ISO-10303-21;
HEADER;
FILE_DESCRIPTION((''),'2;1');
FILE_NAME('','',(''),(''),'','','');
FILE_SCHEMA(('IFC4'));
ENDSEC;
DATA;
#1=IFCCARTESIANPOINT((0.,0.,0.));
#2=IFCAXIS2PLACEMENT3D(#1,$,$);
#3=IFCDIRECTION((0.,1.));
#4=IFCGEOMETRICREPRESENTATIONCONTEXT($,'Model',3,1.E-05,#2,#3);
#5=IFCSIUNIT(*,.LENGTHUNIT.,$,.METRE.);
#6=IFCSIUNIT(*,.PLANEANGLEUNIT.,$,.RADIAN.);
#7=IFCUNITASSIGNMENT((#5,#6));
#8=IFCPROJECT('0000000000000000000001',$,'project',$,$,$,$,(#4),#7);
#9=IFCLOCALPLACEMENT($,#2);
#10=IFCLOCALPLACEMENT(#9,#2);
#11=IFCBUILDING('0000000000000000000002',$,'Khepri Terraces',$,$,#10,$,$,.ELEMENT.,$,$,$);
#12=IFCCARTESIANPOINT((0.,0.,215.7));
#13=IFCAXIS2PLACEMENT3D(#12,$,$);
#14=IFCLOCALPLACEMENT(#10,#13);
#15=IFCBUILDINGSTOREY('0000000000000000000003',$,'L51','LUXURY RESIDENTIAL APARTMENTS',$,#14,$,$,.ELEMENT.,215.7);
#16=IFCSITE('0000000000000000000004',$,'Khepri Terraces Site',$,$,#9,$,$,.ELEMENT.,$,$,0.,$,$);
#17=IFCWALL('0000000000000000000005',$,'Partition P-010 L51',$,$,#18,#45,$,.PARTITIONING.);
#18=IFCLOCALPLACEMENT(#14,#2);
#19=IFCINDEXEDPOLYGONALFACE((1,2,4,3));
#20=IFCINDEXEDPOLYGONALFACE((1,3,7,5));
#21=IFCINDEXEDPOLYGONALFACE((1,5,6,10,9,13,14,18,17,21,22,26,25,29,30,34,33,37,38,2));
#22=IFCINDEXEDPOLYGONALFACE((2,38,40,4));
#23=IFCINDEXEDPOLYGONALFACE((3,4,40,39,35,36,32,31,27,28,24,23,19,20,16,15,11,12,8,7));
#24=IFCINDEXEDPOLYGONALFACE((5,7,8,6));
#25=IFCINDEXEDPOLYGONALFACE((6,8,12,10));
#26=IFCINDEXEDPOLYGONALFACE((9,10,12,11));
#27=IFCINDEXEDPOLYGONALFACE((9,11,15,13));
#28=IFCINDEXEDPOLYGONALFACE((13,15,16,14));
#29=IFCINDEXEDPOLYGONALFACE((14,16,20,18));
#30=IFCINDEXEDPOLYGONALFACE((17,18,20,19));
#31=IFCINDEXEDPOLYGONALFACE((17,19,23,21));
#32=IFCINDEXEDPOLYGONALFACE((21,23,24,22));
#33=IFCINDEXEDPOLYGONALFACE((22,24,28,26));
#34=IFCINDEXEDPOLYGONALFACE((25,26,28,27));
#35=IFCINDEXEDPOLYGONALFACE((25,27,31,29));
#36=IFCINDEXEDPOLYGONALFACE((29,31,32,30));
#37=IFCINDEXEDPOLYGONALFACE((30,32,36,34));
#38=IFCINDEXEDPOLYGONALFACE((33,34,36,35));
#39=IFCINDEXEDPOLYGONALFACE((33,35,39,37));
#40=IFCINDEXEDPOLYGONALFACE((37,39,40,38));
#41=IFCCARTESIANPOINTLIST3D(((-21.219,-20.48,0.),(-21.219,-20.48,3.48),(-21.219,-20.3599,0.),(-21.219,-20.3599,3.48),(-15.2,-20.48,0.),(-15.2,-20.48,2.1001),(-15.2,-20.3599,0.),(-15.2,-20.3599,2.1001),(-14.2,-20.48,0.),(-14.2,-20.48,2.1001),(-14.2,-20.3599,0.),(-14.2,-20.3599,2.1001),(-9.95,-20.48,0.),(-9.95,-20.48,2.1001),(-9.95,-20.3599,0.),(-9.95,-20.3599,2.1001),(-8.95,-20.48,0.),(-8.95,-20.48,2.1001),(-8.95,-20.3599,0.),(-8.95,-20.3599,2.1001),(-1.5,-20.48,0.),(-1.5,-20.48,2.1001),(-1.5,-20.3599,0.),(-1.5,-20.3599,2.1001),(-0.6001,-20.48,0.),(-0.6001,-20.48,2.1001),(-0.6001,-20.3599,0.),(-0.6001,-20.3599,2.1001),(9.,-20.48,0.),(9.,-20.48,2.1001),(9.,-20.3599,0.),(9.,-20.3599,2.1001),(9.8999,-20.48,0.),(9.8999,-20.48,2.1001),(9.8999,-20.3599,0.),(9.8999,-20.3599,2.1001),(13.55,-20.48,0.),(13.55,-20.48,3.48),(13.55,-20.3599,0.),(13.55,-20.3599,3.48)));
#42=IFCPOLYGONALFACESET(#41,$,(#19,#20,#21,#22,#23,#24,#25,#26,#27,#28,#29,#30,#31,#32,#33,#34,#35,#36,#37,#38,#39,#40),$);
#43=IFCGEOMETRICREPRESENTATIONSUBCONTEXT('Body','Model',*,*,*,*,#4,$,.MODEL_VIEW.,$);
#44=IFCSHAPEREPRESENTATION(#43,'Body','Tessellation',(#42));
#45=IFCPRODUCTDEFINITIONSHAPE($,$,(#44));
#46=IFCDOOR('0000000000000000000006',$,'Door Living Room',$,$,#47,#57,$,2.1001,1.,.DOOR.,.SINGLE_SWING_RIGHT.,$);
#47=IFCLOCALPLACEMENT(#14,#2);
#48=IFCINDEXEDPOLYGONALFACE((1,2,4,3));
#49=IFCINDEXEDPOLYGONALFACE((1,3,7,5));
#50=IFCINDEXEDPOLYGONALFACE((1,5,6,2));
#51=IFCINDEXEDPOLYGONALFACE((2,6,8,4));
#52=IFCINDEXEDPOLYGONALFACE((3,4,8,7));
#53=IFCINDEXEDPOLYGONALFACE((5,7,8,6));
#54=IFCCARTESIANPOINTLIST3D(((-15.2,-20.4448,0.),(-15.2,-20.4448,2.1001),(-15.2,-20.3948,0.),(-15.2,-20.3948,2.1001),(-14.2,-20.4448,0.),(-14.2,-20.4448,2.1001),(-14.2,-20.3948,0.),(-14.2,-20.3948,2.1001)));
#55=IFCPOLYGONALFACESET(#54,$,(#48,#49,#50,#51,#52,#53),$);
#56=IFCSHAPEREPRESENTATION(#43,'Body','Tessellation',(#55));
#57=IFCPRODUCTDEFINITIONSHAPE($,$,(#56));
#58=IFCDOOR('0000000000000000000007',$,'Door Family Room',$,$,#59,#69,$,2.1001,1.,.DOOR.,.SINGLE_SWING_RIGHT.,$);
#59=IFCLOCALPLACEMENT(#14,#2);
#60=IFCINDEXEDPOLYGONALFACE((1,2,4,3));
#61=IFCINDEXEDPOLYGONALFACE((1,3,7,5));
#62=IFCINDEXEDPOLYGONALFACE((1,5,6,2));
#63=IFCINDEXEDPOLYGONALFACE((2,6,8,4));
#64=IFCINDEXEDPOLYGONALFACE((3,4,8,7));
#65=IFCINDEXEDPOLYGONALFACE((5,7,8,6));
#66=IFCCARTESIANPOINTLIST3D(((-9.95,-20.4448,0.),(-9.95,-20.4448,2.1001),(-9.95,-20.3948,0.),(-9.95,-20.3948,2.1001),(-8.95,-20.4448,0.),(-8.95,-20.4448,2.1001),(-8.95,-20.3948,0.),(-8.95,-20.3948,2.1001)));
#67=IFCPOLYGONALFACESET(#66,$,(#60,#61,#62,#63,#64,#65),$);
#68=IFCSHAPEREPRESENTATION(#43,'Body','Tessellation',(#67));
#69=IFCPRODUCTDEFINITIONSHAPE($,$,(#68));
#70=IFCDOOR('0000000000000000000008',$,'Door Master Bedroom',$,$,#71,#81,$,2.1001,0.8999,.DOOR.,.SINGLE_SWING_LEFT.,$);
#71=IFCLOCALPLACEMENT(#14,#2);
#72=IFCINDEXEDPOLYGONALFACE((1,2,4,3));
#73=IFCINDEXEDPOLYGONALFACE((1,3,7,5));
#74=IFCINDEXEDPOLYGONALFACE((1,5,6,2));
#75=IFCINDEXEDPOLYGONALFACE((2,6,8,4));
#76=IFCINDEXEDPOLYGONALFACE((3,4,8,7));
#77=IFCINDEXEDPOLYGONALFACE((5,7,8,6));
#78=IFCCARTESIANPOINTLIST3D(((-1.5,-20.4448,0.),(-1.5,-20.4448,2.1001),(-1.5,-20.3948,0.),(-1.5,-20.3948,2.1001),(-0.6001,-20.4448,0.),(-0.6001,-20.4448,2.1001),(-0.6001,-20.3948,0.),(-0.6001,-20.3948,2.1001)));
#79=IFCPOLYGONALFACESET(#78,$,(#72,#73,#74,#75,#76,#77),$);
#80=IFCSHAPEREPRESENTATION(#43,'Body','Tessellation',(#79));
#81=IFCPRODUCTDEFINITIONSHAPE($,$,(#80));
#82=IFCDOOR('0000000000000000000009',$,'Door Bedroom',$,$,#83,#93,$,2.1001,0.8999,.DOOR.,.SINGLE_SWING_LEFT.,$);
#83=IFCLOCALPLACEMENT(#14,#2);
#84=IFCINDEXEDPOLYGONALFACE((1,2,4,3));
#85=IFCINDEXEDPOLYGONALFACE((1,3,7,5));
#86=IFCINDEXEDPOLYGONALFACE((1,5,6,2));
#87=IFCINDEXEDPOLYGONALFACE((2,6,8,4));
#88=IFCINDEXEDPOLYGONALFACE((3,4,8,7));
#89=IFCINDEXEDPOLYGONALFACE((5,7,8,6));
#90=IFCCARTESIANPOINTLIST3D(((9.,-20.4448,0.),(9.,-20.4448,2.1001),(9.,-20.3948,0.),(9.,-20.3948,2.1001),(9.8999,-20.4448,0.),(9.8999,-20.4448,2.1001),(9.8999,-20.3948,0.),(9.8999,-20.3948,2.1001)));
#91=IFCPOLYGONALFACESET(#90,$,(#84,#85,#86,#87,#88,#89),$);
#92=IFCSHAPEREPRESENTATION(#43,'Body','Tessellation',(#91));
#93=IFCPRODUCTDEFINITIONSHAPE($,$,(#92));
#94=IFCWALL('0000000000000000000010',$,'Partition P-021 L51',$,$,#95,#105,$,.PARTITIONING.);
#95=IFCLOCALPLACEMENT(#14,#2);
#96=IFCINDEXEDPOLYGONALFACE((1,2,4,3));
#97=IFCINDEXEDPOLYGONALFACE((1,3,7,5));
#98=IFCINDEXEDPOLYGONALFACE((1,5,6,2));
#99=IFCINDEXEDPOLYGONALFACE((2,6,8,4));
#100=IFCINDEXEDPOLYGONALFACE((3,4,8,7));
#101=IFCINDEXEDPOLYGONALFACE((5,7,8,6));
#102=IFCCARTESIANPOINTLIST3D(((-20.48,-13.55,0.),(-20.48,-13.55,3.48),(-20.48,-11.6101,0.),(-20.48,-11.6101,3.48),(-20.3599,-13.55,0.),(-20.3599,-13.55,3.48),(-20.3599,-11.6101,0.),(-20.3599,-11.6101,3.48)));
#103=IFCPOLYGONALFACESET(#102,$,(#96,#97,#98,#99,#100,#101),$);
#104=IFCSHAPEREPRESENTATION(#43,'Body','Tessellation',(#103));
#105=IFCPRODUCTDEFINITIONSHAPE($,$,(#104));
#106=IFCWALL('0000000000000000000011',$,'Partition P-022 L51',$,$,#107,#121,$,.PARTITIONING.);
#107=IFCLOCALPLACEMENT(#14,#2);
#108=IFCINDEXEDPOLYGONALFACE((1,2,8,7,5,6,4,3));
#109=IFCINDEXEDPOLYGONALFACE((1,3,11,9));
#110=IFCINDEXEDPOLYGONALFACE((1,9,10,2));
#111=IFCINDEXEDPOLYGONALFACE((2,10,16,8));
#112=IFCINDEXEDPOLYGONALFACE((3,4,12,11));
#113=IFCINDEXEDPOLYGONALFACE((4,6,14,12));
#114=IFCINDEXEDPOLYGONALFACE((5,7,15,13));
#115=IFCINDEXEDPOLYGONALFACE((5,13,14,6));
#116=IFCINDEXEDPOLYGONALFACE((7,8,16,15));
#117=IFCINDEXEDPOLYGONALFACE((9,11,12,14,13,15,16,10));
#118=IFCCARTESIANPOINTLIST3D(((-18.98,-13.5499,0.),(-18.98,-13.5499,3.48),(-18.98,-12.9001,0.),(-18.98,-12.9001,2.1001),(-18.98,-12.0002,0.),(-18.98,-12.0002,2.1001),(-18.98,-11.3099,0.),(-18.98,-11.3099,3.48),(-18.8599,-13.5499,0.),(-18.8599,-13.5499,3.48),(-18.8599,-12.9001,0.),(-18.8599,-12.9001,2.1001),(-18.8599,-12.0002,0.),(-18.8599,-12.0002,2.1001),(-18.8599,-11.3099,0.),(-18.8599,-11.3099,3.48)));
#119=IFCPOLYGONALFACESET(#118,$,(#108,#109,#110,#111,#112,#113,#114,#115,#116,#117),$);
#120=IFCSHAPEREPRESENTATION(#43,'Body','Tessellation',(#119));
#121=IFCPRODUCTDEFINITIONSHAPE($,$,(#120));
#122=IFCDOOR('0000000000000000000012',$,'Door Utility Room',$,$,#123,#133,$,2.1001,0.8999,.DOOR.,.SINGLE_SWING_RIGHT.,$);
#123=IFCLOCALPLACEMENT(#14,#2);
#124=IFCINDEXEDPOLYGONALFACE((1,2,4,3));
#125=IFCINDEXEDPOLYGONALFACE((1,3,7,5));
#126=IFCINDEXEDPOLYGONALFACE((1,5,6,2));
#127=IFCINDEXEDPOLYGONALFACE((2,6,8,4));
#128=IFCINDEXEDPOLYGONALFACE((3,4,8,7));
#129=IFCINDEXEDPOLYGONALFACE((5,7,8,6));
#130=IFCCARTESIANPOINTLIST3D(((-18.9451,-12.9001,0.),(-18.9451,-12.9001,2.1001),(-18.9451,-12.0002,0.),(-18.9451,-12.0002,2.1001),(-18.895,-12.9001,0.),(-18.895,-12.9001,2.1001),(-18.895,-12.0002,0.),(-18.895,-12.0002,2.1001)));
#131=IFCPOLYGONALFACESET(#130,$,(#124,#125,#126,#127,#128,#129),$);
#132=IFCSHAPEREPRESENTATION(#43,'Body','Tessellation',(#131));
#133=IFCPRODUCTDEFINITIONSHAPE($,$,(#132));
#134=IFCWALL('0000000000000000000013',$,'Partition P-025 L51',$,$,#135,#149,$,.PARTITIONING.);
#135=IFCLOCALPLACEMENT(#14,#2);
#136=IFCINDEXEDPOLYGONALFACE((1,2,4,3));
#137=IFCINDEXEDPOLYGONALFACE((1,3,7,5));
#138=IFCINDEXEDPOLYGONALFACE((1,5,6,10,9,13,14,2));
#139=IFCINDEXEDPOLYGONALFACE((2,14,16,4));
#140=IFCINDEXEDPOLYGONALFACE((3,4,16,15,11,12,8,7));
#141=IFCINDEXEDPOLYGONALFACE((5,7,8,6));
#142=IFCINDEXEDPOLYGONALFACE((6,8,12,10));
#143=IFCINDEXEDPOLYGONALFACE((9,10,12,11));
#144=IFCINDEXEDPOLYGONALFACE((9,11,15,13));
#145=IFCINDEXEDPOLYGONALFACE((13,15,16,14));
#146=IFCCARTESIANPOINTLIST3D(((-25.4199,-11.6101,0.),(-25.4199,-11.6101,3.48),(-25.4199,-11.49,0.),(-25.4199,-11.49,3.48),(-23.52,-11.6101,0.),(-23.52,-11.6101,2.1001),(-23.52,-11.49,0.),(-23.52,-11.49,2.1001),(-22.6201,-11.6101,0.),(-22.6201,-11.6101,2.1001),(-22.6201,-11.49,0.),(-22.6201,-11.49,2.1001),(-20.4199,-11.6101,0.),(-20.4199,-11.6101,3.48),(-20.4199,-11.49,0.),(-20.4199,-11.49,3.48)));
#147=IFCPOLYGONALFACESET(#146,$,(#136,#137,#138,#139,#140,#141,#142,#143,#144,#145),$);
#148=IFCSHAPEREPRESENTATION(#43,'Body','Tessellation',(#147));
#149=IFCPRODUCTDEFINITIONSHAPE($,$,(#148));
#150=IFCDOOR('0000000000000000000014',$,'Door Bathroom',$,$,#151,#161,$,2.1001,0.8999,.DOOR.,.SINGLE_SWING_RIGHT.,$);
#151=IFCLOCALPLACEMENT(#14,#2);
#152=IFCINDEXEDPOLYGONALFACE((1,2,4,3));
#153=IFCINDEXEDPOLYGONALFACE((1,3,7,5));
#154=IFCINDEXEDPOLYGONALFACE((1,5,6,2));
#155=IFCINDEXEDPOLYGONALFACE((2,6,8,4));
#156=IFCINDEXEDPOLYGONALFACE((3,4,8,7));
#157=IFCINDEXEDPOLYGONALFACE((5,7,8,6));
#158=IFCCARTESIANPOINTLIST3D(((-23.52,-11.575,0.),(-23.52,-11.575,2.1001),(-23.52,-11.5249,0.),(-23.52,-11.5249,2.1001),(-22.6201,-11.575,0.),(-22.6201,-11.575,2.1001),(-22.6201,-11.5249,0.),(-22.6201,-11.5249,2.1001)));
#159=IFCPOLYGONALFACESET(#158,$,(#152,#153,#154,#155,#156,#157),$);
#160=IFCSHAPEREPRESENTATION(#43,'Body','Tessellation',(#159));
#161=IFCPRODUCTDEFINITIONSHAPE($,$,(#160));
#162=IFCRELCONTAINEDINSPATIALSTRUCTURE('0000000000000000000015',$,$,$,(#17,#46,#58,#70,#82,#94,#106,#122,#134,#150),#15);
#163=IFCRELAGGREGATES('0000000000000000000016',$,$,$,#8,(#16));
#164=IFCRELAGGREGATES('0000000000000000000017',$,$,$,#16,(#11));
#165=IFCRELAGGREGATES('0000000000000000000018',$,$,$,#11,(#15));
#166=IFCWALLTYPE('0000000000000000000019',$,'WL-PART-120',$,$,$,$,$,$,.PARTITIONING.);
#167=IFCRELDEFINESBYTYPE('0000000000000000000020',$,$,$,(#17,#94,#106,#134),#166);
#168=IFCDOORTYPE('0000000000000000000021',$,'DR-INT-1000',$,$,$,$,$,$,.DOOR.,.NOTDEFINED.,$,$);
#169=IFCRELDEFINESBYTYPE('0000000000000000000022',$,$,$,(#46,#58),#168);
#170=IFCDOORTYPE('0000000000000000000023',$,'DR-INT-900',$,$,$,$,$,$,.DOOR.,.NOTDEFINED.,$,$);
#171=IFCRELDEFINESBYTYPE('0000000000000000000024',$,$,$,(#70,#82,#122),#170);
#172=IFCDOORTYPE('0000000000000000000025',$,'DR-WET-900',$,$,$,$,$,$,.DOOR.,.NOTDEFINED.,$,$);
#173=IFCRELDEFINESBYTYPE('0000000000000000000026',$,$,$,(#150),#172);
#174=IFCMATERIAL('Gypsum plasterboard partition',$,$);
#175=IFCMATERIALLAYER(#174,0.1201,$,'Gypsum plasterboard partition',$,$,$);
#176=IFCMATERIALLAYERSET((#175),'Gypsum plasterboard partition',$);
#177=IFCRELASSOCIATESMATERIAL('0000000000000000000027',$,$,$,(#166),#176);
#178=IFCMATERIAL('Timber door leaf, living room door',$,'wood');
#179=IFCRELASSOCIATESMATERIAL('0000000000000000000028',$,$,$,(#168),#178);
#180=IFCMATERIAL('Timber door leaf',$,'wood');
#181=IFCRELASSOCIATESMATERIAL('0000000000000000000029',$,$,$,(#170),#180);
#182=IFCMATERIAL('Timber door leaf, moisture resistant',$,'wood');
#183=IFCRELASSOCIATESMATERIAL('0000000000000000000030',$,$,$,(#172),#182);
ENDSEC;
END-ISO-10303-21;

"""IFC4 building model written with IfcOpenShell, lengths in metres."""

from ifc_helpers import new_model, si_unit, direction, frame, frame_2d, origin, place, context, subcontext, project, spatial, rectangle, extrude, material, layer, layer_set, type_object, element, fill, save


model = new_model("IFC4")

# Units and contexts
model_context = context("Model", 3, precision=1e-05, world=origin(), true_north=direction((0.0, 1.0)))
body_context = subcontext(model_context, "Body", "Model", "MODEL_VIEW")
ifc_project = project(units=[si_unit("LENGTHUNIT", "METRE"), si_unit("PLANEANGLEUNIT", "RADIAN")], contexts=[model_context])

# Site, building, storey
site_placement = place(None, origin())
site = spatial("IfcSite", under=ifc_project, at=site_placement, Name="Khepri Terraces Site", CompositionType="ELEMENT", RefElevation=0.0)
building_placement = place(site_placement, origin())
building = spatial("IfcBuilding", under=site, at=building_placement, Name="Khepri Terraces", CompositionType="ELEMENT")
storey_placement = place(building_placement, frame((0.0, 0.0, 215.7)))
storey = spatial("IfcBuildingStorey", under=building, at=storey_placement, Name="L51", Description="LUXURY RESIDENTIAL APARTMENTS", CompositionType="ELEMENT", Elevation=215.7)

# Shared definitions
ifc_material_1 = material(Name="Gypsum plasterboard partition")
ifc_layer_1 = layer(ifc_material_1, 0.1201, Name="Gypsum plasterboard partition")
ifc_layer_set_1 = layer_set([ifc_layer_1], Name="Gypsum plasterboard partition")
wall_type_1 = type_object("IfcWallType", Name="WL-PART-120", PredefinedType="PARTITIONING", material=ifc_layer_set_1)

# Wall, openings, doors
wall_1_placement = place(storey_placement, frame((-21.219, -20.4199, 0.0), z_axis=(0.0, 0.0, 1.0), x_axis=(1.0, 0.0, 0.0)))
wall_1 = element("IfcWall", 1, at=wall_1_placement, inside=storey, type_object=wall_type_1, Name="Partition P-010 L51", PredefinedType="PARTITIONING", context=body_context, shape_type="SweptSolid", body=[
    extrude(rectangle(XDim=34.769, YDim=0.1201, at=frame_2d((17.3845, 0.0))), origin(), (0.0, 0.0, 1.0), 3.48),
])
opening_1_placement = place(wall_1_placement, frame((6.019, 0.0, 0.0)))
opening_1 = element("IfcOpeningElement", 2, at=opening_1_placement, cuts=wall_1, PredefinedType="OPENING", context=body_context, shape_type="SweptSolid", body=[
    extrude(rectangle(XDim=1.0, YDim=2.1001, at=frame_2d((0.5, 1.05))), frame((0.0, 0.0701, 0.0), z_axis=(0.0, -1.0, 0.0), x_axis=(1.0, 0.0, 0.0)), (0.0, 0.0, 1.0), 0.1401),
])
opening_2_placement = place(wall_1_placement, frame((11.269, 0.0, 0.0)))
opening_2 = element("IfcOpeningElement", 3, at=opening_2_placement, cuts=wall_1, PredefinedType="OPENING", context=body_context, shape_type="SweptSolid", body=[
    extrude(rectangle(XDim=1.0, YDim=2.1001, at=frame_2d((0.5, 1.05))), frame((0.0, 0.0701, 0.0), z_axis=(0.0, -1.0, 0.0), x_axis=(1.0, 0.0, 0.0)), (0.0, 0.0, 1.0), 0.1401),
])
opening_3_placement = place(wall_1_placement, frame((19.719, 0.0, 0.0)))
opening_3 = element("IfcOpeningElement", 4, at=opening_3_placement, cuts=wall_1, PredefinedType="OPENING", context=body_context, shape_type="SweptSolid", body=[
    extrude(rectangle(XDim=0.8999, YDim=2.1001, at=frame_2d((0.45, 1.05))), frame((0.0, 0.0701, 0.0), z_axis=(0.0, -1.0, 0.0), x_axis=(1.0, 0.0, 0.0)), (0.0, 0.0, 1.0), 0.1401),
])
opening_4_placement = place(wall_1_placement, frame((30.219, 0.0, 0.0)))
opening_4 = element("IfcOpeningElement", 5, at=opening_4_placement, cuts=wall_1, PredefinedType="OPENING", context=body_context, shape_type="SweptSolid", body=[
    extrude(rectangle(XDim=0.8999, YDim=2.1001, at=frame_2d((0.45, 1.05))), frame((0.0, 0.0701, 0.0), z_axis=(0.0, -1.0, 0.0), x_axis=(1.0, 0.0, 0.0)), (0.0, 0.0, 1.0), 0.1401),
])
ifc_material_2 = material(Name="Timber door leaf, living room door", Category="wood")
door_type_1 = type_object("IfcDoorType", Name="DR-INT-1000", OperationType="NOTDEFINED", PredefinedType="DOOR", material=ifc_material_2)
door_1_placement = place(opening_1_placement, frame((1.0, 0.0, 0.0), z_axis=(0.0, 0.0, 1.0), x_axis=(-1.0, 0.0, 0.0)))
door_1 = element("IfcDoor", 6, at=door_1_placement, inside=storey, type_object=door_type_1, Name="Door Living Room", OperationType="SINGLE_SWING_RIGHT", OverallHeight=2.1001, OverallWidth=1.0, PredefinedType="DOOR", context=body_context, shape_type="SweptSolid", body=[
    extrude(rectangle(XDim=1.0, YDim=2.1001, at=frame_2d((0.5, 1.05))), frame((0.0, 0.0249, 0.0), z_axis=(0.0, -1.0, 0.0), x_axis=(1.0, 0.0, 0.0)), (0.0, 0.0, 1.0), 0.05),
])
fill(opening_1, door_1)
door_2_placement = place(opening_2_placement, frame((1.0, 0.0, 0.0), z_axis=(0.0, 0.0, 1.0), x_axis=(-1.0, 0.0, 0.0)))
door_2 = element("IfcDoor", 7, at=door_2_placement, inside=storey, type_object=door_type_1, Name="Door Family Room", OperationType="SINGLE_SWING_RIGHT", OverallHeight=2.1001, OverallWidth=1.0, PredefinedType="DOOR", context=body_context, shape_type="SweptSolid", body=[
    extrude(rectangle(XDim=1.0, YDim=2.1001, at=frame_2d((0.5, 1.05))), frame((0.0, 0.0249, 0.0), z_axis=(0.0, -1.0, 0.0), x_axis=(1.0, 0.0, 0.0)), (0.0, 0.0, 1.0), 0.05),
])
fill(opening_2, door_2)
ifc_material_3 = material(Name="Timber door leaf", Category="wood")
door_type_2 = type_object("IfcDoorType", Name="DR-INT-900", OperationType="NOTDEFINED", PredefinedType="DOOR", material=ifc_material_3)
door_3_placement = place(opening_3_placement, frame((0.8999, 0.0, 0.0), z_axis=(0.0, 0.0, 1.0), x_axis=(-1.0, 0.0, 0.0)))
door_3 = element("IfcDoor", 8, at=door_3_placement, inside=storey, type_object=door_type_2, Name="Door Master Bedroom", OperationType="SINGLE_SWING_LEFT", OverallHeight=2.1001, OverallWidth=0.8999, PredefinedType="DOOR", context=body_context, shape_type="SweptSolid", body=[
    extrude(rectangle(XDim=0.8999, YDim=2.1001, at=frame_2d((0.45, 1.05))), frame((0.0, 0.0249, 0.0), z_axis=(0.0, -1.0, 0.0), x_axis=(1.0, 0.0, 0.0)), (0.0, 0.0, 1.0), 0.05),
])
fill(opening_3, door_3)
door_4_placement = place(opening_4_placement, frame((0.8999, 0.0, 0.0), z_axis=(0.0, 0.0, 1.0), x_axis=(-1.0, 0.0, 0.0)))
door_4 = element("IfcDoor", 9, at=door_4_placement, inside=storey, type_object=door_type_2, Name="Door Bedroom", OperationType="SINGLE_SWING_LEFT", OverallHeight=2.1001, OverallWidth=0.8999, PredefinedType="DOOR", context=body_context, shape_type="SweptSolid", body=[
    extrude(rectangle(XDim=0.8999, YDim=2.1001, at=frame_2d((0.45, 1.05))), frame((0.0, 0.0249, 0.0), z_axis=(0.0, -1.0, 0.0), x_axis=(1.0, 0.0, 0.0)), (0.0, 0.0, 1.0), 0.05),
])
fill(opening_4, door_4)

# Wall
wall_2_placement = place(storey_placement, frame((-20.4199, -13.55, 0.0), z_axis=(0.0, 0.0, 1.0), x_axis=(0.0, 1.0, 0.0)))
element("IfcWall", 10, at=wall_2_placement, inside=storey, type_object=wall_type_1, Name="Partition P-021 L51", PredefinedType="PARTITIONING", context=body_context, shape_type="SweptSolid", body=[
    extrude(rectangle(XDim=1.9399, YDim=0.1201, at=frame_2d((0.97, 0.0))), origin(), (0.0, 0.0, 1.0), 3.48),
])

# Walls, openings, doors
wall_3_placement = place(storey_placement, frame((-18.9199, -13.55, 0.0), z_axis=(0.0, 0.0, 1.0), x_axis=(0.0, 1.0, 0.0)))
wall_3 = element("IfcWall", 11, at=wall_3_placement, inside=storey, type_object=wall_type_1, Name="Partition P-022 L51", PredefinedType="PARTITIONING", context=body_context, shape_type="SweptSolid", body=[
    extrude(rectangle(XDim=2.24, YDim=0.1201, at=frame_2d((1.1201, 0.0))), origin(), (0.0, 0.0, 1.0), 3.48),
])
opening_5_placement = place(wall_3_placement, frame((0.6499, 0.0, 0.0)))
opening_5 = element("IfcOpeningElement", 12, at=opening_5_placement, cuts=wall_3, PredefinedType="OPENING", context=body_context, shape_type="SweptSolid", body=[
    extrude(rectangle(XDim=0.8999, YDim=2.1001, at=frame_2d((0.45, 1.05))), frame((0.0, 0.0701, 0.0), z_axis=(0.0, -1.0, 0.0), x_axis=(1.0, 0.0, 0.0)), (0.0, 0.0, 1.0), 0.1401),
])
door_5_placement = place(opening_5_placement, frame((0.8999, 0.0, 0.0), z_axis=(0.0, 0.0, 1.0), x_axis=(-1.0, 0.0, 0.0)))
door_5 = element("IfcDoor", 13, at=door_5_placement, inside=storey, type_object=door_type_2, Name="Door Utility Room", OperationType="SINGLE_SWING_RIGHT", OverallHeight=2.1001, OverallWidth=0.8999, PredefinedType="DOOR", context=body_context, shape_type="SweptSolid", body=[
    extrude(rectangle(XDim=0.8999, YDim=2.1001, at=frame_2d((0.45, 1.05))), frame((0.0, 0.0249, 0.0), z_axis=(0.0, -1.0, 0.0), x_axis=(1.0, 0.0, 0.0)), (0.0, 0.0, 1.0), 0.05),
])
fill(opening_5, door_5)
wall_4_placement = place(storey_placement, frame((-25.4199, -11.55, 0.0), z_axis=(0.0, 0.0, 1.0), x_axis=(1.0, 0.0, 0.0)))
wall_4 = element("IfcWall", 14, at=wall_4_placement, inside=storey, type_object=wall_type_1, Name="Partition P-025 L51", PredefinedType="PARTITIONING", context=body_context, shape_type="SweptSolid", body=[
    extrude(rectangle(XDim=5.0, YDim=0.1201, at=frame_2d((2.5, 0.0))), origin(), (0.0, 0.0, 1.0), 3.48),
])
opening_6_placement = place(wall_4_placement, frame((1.8999, 0.0, 0.0)))
opening_6 = element("IfcOpeningElement", 15, at=opening_6_placement, cuts=wall_4, PredefinedType="OPENING", context=body_context, shape_type="SweptSolid", body=[
    extrude(rectangle(XDim=0.8999, YDim=2.1001, at=frame_2d((0.45, 1.05))), frame((0.0, 0.0701, 0.0), z_axis=(0.0, -1.0, 0.0), x_axis=(1.0, 0.0, 0.0)), (0.0, 0.0, 1.0), 0.1401),
])
ifc_material_4 = material(Name="Timber door leaf, moisture resistant", Category="wood")
door_type_3 = type_object("IfcDoorType", Name="DR-WET-900", OperationType="NOTDEFINED", PredefinedType="DOOR", material=ifc_material_4)
door_6_placement = place(opening_6_placement, frame((0.8999, 0.0, 0.0), z_axis=(0.0, 0.0, 1.0), x_axis=(-1.0, 0.0, 0.0)))
door_6 = element("IfcDoor", 16, at=door_6_placement, inside=storey, type_object=door_type_3, Name="Door Bathroom", OperationType="SINGLE_SWING_RIGHT", OverallHeight=2.1001, OverallWidth=0.8999, PredefinedType="DOOR", context=body_context, shape_type="SweptSolid", body=[
    extrude(rectangle(XDim=0.8999, YDim=2.1001, at=frame_2d((0.45, 1.05))), frame((0.0, 0.0249, 0.0), z_axis=(0.0, -1.0, 0.0), x_axis=(1.0, 0.0, 0.0)), (0.0, 0.0, 1.0), 0.05),
])
fill(opening_6, door_6)

save(model, "model.ifc")
